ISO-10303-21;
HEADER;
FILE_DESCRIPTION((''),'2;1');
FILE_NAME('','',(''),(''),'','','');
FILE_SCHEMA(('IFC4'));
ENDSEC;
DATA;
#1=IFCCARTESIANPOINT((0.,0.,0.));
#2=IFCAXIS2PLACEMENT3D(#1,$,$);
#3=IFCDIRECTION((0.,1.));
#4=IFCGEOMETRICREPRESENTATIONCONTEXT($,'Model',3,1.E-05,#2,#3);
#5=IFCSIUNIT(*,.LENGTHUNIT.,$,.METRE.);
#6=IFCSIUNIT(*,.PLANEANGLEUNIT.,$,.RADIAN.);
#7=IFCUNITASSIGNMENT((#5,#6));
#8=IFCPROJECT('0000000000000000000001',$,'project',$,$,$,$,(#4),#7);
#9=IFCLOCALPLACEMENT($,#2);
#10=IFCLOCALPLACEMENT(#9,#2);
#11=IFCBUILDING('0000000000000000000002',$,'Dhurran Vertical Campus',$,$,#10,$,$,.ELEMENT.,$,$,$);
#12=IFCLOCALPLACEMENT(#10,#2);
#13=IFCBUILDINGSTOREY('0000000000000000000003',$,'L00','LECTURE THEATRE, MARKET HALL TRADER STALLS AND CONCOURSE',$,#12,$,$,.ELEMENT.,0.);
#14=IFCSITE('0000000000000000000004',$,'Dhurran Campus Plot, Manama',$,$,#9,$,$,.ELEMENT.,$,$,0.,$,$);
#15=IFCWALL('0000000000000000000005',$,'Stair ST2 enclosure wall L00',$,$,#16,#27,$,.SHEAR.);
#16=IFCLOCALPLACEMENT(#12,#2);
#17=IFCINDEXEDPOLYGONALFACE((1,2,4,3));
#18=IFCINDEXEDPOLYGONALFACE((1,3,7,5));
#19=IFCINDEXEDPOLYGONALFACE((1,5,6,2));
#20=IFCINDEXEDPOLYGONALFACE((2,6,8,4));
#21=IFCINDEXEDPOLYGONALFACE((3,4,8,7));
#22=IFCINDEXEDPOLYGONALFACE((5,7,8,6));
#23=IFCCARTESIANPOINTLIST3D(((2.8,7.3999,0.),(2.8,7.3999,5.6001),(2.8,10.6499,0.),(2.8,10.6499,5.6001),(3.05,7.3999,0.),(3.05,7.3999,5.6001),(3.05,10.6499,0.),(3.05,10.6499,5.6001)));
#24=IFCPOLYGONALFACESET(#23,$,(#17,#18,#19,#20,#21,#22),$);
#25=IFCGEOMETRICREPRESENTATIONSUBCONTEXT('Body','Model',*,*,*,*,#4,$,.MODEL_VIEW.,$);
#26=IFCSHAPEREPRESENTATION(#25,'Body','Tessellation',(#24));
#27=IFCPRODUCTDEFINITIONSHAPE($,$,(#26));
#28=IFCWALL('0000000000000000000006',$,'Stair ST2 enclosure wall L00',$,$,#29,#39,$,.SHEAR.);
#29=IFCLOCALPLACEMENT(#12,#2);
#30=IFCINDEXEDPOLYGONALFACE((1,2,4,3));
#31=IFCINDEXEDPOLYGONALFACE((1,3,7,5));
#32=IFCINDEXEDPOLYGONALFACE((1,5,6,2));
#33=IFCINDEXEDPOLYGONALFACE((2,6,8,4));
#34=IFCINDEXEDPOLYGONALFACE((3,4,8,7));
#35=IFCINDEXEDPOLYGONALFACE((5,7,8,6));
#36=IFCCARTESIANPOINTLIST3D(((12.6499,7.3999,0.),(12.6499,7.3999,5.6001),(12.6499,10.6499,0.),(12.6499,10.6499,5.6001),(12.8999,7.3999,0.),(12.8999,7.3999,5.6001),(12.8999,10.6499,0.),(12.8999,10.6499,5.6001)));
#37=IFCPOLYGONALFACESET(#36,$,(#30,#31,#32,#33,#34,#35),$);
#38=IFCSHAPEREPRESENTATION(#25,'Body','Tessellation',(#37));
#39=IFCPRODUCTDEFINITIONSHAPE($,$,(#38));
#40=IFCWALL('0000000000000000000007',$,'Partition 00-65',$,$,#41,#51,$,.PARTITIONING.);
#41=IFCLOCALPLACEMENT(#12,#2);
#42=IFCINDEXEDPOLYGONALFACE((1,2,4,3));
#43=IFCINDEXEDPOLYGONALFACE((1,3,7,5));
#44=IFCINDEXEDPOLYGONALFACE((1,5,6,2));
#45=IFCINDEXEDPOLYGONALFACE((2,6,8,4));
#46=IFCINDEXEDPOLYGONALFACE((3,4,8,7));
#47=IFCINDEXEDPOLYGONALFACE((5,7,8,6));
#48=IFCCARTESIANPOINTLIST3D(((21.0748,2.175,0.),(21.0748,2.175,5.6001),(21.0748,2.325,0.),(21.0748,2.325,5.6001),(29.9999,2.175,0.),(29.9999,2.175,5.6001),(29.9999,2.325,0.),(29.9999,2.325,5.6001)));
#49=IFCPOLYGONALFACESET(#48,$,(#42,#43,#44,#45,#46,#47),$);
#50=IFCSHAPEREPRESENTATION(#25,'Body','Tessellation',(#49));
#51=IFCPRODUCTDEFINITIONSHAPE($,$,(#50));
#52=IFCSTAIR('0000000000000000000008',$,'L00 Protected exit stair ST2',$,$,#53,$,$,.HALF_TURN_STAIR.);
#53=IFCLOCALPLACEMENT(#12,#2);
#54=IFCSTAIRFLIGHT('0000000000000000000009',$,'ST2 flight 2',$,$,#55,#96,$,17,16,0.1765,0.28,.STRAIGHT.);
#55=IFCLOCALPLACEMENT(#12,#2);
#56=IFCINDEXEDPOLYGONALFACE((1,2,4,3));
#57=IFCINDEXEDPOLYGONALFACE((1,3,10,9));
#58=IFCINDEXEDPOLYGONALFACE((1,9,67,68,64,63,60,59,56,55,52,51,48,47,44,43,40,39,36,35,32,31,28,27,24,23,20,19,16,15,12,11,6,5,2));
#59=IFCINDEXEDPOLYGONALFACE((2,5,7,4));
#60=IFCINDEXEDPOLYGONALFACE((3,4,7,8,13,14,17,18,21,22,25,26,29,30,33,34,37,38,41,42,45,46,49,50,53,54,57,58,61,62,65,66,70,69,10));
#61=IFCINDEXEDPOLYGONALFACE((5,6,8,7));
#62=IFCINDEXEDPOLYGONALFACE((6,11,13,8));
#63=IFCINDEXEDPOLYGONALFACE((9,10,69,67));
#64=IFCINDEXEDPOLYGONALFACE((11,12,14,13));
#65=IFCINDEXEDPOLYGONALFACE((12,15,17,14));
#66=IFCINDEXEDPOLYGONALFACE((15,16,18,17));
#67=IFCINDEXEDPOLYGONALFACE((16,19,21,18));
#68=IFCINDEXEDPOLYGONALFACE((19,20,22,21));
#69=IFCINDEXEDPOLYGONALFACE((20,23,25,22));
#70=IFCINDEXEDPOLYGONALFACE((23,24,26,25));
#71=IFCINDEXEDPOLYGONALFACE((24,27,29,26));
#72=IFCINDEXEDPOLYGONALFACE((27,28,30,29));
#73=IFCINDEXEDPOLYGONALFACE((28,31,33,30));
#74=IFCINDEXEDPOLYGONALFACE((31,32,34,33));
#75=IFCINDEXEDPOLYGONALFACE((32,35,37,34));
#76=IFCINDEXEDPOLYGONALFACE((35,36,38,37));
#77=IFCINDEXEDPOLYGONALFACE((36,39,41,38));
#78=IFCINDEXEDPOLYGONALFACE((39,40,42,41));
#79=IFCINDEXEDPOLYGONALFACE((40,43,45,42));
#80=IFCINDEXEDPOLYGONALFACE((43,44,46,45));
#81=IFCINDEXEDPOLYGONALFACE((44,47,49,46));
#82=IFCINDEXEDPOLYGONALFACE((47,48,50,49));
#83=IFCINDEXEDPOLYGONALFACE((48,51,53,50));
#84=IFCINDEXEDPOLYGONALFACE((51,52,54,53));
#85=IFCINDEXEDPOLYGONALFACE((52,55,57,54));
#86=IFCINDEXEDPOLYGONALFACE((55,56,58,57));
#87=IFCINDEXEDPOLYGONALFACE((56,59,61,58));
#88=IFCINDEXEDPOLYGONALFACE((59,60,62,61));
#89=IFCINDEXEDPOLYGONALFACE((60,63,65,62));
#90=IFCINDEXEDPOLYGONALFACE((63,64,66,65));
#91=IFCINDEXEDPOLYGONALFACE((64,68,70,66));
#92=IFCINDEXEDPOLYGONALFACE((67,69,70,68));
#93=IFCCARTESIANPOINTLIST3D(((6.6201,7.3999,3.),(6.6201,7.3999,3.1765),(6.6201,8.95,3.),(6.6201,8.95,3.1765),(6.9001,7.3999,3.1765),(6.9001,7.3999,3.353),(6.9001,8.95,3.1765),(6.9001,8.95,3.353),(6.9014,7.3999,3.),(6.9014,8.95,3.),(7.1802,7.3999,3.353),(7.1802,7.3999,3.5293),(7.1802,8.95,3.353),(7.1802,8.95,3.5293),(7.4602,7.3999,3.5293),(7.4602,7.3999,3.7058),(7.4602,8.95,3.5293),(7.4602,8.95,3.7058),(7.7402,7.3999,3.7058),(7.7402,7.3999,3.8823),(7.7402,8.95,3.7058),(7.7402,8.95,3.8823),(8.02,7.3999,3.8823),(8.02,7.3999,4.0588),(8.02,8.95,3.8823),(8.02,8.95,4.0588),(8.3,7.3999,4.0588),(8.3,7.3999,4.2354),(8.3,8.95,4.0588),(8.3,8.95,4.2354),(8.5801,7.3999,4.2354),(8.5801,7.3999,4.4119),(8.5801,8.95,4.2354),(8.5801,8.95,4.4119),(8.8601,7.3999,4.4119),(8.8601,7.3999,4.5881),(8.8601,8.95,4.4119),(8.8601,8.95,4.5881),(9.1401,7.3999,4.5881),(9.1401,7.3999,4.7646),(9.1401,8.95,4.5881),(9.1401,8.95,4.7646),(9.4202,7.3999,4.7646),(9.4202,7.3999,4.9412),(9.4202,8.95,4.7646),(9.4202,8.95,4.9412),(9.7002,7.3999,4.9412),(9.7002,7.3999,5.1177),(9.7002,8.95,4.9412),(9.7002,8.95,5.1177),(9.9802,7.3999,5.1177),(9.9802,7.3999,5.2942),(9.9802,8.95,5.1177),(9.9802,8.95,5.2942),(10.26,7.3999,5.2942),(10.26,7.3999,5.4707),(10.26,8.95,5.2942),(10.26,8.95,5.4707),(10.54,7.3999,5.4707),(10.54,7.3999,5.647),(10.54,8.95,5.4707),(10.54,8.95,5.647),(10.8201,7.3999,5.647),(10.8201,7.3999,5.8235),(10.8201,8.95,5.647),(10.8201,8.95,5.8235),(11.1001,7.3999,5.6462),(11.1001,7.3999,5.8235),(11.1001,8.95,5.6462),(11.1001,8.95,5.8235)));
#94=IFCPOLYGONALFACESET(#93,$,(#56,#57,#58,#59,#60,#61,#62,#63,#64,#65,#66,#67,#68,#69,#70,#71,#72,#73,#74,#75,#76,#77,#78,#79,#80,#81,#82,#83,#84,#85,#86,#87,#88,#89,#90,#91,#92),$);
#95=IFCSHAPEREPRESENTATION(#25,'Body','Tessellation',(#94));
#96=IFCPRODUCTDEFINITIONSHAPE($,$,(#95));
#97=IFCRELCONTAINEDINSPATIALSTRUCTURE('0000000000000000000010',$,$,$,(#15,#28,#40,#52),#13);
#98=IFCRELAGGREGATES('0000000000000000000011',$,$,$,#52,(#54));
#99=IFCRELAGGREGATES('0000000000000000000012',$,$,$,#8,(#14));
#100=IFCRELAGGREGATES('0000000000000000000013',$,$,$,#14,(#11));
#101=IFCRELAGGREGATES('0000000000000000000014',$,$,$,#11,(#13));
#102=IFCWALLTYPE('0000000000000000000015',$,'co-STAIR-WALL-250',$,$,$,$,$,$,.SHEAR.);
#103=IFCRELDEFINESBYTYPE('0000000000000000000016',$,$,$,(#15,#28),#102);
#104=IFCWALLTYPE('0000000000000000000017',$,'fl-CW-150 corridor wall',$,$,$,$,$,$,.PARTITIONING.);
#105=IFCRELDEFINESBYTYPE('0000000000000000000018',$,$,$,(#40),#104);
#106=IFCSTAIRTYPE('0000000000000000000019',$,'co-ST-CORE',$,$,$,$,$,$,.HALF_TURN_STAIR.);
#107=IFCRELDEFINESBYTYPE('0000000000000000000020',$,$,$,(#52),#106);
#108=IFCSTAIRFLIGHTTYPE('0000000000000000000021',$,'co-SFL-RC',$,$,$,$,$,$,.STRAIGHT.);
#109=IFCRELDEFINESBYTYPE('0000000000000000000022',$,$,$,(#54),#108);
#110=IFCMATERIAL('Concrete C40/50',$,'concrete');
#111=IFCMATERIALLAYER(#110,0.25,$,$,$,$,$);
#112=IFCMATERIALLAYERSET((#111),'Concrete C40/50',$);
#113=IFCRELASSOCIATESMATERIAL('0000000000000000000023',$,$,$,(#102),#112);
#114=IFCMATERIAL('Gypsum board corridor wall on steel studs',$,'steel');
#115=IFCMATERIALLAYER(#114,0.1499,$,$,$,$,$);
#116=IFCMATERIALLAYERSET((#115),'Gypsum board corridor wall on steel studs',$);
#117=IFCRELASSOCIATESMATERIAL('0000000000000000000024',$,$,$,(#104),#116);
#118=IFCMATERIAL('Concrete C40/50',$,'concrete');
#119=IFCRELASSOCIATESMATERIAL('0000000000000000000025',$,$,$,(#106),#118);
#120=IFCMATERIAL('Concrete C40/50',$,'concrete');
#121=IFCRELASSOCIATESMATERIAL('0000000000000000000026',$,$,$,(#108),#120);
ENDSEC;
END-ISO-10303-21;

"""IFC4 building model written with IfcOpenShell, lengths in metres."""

from ifc_helpers import new_model, si_unit, direction, frame, frame_2d, origin, place, context, subcontext, project, spatial, polyline, rectangle, outline, extrude, material, layer, layer_set, type_object, element, aggregate, save


model = new_model("IFC4")

# Units and contexts
model_context = context("Model", 3, precision=1e-05, world=origin(), true_north=direction((0.0, 1.0)))
body_context = subcontext(model_context, "Body", "Model", "MODEL_VIEW")
ifc_project = project(units=[si_unit("LENGTHUNIT", "METRE"), si_unit("PLANEANGLEUNIT", "RADIAN")], contexts=[model_context])

# Site, building, storey
site_placement = place(None, origin())
site = spatial("IfcSite", under=ifc_project, at=site_placement, Name="Dhurran Campus Plot, Manama", CompositionType="ELEMENT", RefElevation=0.0)
building_placement = place(site_placement, origin())
building = spatial("IfcBuilding", under=site, at=building_placement, Name="Dhurran Vertical Campus", CompositionType="ELEMENT")
storey_placement = place(building_placement, origin())
storey = spatial("IfcBuildingStorey", under=building, at=storey_placement, Name="L00", Description="LECTURE THEATRE, MARKET HALL TRADER STALLS AND CONCOURSE", CompositionType="ELEMENT", Elevation=0.0)

# Shared definitions
ifc_material_1 = material(Name="Concrete C40/50", Category="concrete")
ifc_layer_1 = layer(ifc_material_1, 0.25)
ifc_layer_set_1 = layer_set([ifc_layer_1], Name="Concrete C40/50")
wall_type_1 = type_object("IfcWallType", Name="co-STAIR-WALL-250", PredefinedType="SHEAR", material=ifc_layer_set_1)

# Walls
for number, where, z_axis, x_axis, name in (
    (1, (2.925, 7.3999, 0.0), (0.0, 0.0, 1.0), (0.0, 1.0, 0.0), "Stair ST2 enclosure wall L00"),
    (2, (12.7749, 7.3999, 0.0), (0.0, 0.0, 1.0), (0.0, 1.0, 0.0), "Stair ST2 enclosure wall L00"),
):
    element("IfcWall", number, at=place(storey_placement, frame(where, z_axis=z_axis, x_axis=x_axis)), inside=storey, type_object=wall_type_1, Name=name, PredefinedType="SHEAR", context=body_context, shape_type="SweptSolid", body=[
        extrude(rectangle(XDim=3.25, YDim=0.25, at=frame_2d((1.625, 0.0))), origin(), (0.0, 0.0, 1.0), 5.6001),
    ])
ifc_material_2 = material(Name="Gypsum board corridor wall on steel studs", Category="steel")
ifc_layer_2 = layer(ifc_material_2, 0.1499)
ifc_layer_set_2 = layer_set([ifc_layer_2], Name="Gypsum board corridor wall on steel studs")
wall_type_2 = type_object("IfcWallType", Name="fl-CW-150 corridor wall", PredefinedType="PARTITIONING", material=ifc_layer_set_2)
wall_1_placement = place(storey_placement, frame((21.075, 2.25, 0.0), z_axis=(0.0, 0.0, 1.0), x_axis=(1.0, 0.0, 0.0)))
element("IfcWall", 3, at=wall_1_placement, inside=storey, type_object=wall_type_2, Name="Partition 00-65", PredefinedType="PARTITIONING", context=body_context, shape_type="SweptSolid", body=[
    extrude(rectangle(XDim=8.925, YDim=0.1499, at=frame_2d((4.4624, 0.0))), origin(), (0.0, 0.0, 1.0), 5.6001),
])

# Stair, stair flight
ifc_material_3 = material(Name="Concrete C40/50", Category="concrete")
stair_type = type_object("IfcStairType", Name="co-ST-CORE", PredefinedType="HALF_TURN_STAIR", material=ifc_material_3)
stair_placement = place(storey_placement, origin())
stair = element("IfcStair", 4, at=stair_placement, inside=storey, type_object=stair_type, Name="L00 Protected exit stair ST2", PredefinedType="HALF_TURN_STAIR")
ifc_material_4 = material(Name="Concrete C40/50", Category="concrete")
stair_flight_type = type_object("IfcStairFlightType", Name="co-SFL-RC", PredefinedType="STRAIGHT", material=ifc_material_4)
stair_flight_placement = place(storey_placement, frame((6.6201, 8.175, 3.0), z_axis=(0.0, 0.0, 1.0), x_axis=(1.0, 0.0, 0.0)))
stair_flight = element("IfcStairFlight", 5, at=stair_flight_placement, type_object=stair_flight_type, Name="ST2 flight 2", NumberOfRisers=17, NumberOfTreads=16, PredefinedType="STRAIGHT", RiserHeight=0.1765, TreadLength=0.28, context=body_context, shape_type="SweptSolid", body=[
    extrude(outline(polyline([(0.0, 0.0), (0.0, 0.1765), (0.28, 0.1765), (0.28, 0.353), (0.5601, 0.353), (0.5601, 0.5293), (0.8401, 0.5293), (0.8401, 0.7058), (1.1201, 0.7058), (1.1201, 0.8823), (1.3999, 0.8823), (1.3999, 1.0588), (1.6799, 1.0588), (1.6799, 1.2354), (1.96, 1.2354), (1.96, 1.4119), (2.24, 1.4119), (2.24, 1.5881), (2.52, 1.5881), (2.52, 1.7646), (2.8, 1.7646), (2.8, 1.9412), (3.0801, 1.9412), (3.0801, 2.1177), (3.3601, 2.1177), (3.3601, 2.2942), (3.6399, 2.2942), (3.6399, 2.4707), (3.9199, 2.4707), (3.9199, 2.647), (4.2, 2.647), (4.2, 2.8235), (4.48, 2.8235), (4.48, 3.0), (4.48, 2.6462), (0.2812, 0.0), (0.0, 0.0)])), frame((0.0, 0.7749, 0.0), z_axis=(0.0, -1.0, 0.0), x_axis=(1.0, 0.0, 0.0)), (0.0, 0.0, 1.0), 1.55),
])
aggregate(stair, [stair_flight])

save(model, "model.ifc")
